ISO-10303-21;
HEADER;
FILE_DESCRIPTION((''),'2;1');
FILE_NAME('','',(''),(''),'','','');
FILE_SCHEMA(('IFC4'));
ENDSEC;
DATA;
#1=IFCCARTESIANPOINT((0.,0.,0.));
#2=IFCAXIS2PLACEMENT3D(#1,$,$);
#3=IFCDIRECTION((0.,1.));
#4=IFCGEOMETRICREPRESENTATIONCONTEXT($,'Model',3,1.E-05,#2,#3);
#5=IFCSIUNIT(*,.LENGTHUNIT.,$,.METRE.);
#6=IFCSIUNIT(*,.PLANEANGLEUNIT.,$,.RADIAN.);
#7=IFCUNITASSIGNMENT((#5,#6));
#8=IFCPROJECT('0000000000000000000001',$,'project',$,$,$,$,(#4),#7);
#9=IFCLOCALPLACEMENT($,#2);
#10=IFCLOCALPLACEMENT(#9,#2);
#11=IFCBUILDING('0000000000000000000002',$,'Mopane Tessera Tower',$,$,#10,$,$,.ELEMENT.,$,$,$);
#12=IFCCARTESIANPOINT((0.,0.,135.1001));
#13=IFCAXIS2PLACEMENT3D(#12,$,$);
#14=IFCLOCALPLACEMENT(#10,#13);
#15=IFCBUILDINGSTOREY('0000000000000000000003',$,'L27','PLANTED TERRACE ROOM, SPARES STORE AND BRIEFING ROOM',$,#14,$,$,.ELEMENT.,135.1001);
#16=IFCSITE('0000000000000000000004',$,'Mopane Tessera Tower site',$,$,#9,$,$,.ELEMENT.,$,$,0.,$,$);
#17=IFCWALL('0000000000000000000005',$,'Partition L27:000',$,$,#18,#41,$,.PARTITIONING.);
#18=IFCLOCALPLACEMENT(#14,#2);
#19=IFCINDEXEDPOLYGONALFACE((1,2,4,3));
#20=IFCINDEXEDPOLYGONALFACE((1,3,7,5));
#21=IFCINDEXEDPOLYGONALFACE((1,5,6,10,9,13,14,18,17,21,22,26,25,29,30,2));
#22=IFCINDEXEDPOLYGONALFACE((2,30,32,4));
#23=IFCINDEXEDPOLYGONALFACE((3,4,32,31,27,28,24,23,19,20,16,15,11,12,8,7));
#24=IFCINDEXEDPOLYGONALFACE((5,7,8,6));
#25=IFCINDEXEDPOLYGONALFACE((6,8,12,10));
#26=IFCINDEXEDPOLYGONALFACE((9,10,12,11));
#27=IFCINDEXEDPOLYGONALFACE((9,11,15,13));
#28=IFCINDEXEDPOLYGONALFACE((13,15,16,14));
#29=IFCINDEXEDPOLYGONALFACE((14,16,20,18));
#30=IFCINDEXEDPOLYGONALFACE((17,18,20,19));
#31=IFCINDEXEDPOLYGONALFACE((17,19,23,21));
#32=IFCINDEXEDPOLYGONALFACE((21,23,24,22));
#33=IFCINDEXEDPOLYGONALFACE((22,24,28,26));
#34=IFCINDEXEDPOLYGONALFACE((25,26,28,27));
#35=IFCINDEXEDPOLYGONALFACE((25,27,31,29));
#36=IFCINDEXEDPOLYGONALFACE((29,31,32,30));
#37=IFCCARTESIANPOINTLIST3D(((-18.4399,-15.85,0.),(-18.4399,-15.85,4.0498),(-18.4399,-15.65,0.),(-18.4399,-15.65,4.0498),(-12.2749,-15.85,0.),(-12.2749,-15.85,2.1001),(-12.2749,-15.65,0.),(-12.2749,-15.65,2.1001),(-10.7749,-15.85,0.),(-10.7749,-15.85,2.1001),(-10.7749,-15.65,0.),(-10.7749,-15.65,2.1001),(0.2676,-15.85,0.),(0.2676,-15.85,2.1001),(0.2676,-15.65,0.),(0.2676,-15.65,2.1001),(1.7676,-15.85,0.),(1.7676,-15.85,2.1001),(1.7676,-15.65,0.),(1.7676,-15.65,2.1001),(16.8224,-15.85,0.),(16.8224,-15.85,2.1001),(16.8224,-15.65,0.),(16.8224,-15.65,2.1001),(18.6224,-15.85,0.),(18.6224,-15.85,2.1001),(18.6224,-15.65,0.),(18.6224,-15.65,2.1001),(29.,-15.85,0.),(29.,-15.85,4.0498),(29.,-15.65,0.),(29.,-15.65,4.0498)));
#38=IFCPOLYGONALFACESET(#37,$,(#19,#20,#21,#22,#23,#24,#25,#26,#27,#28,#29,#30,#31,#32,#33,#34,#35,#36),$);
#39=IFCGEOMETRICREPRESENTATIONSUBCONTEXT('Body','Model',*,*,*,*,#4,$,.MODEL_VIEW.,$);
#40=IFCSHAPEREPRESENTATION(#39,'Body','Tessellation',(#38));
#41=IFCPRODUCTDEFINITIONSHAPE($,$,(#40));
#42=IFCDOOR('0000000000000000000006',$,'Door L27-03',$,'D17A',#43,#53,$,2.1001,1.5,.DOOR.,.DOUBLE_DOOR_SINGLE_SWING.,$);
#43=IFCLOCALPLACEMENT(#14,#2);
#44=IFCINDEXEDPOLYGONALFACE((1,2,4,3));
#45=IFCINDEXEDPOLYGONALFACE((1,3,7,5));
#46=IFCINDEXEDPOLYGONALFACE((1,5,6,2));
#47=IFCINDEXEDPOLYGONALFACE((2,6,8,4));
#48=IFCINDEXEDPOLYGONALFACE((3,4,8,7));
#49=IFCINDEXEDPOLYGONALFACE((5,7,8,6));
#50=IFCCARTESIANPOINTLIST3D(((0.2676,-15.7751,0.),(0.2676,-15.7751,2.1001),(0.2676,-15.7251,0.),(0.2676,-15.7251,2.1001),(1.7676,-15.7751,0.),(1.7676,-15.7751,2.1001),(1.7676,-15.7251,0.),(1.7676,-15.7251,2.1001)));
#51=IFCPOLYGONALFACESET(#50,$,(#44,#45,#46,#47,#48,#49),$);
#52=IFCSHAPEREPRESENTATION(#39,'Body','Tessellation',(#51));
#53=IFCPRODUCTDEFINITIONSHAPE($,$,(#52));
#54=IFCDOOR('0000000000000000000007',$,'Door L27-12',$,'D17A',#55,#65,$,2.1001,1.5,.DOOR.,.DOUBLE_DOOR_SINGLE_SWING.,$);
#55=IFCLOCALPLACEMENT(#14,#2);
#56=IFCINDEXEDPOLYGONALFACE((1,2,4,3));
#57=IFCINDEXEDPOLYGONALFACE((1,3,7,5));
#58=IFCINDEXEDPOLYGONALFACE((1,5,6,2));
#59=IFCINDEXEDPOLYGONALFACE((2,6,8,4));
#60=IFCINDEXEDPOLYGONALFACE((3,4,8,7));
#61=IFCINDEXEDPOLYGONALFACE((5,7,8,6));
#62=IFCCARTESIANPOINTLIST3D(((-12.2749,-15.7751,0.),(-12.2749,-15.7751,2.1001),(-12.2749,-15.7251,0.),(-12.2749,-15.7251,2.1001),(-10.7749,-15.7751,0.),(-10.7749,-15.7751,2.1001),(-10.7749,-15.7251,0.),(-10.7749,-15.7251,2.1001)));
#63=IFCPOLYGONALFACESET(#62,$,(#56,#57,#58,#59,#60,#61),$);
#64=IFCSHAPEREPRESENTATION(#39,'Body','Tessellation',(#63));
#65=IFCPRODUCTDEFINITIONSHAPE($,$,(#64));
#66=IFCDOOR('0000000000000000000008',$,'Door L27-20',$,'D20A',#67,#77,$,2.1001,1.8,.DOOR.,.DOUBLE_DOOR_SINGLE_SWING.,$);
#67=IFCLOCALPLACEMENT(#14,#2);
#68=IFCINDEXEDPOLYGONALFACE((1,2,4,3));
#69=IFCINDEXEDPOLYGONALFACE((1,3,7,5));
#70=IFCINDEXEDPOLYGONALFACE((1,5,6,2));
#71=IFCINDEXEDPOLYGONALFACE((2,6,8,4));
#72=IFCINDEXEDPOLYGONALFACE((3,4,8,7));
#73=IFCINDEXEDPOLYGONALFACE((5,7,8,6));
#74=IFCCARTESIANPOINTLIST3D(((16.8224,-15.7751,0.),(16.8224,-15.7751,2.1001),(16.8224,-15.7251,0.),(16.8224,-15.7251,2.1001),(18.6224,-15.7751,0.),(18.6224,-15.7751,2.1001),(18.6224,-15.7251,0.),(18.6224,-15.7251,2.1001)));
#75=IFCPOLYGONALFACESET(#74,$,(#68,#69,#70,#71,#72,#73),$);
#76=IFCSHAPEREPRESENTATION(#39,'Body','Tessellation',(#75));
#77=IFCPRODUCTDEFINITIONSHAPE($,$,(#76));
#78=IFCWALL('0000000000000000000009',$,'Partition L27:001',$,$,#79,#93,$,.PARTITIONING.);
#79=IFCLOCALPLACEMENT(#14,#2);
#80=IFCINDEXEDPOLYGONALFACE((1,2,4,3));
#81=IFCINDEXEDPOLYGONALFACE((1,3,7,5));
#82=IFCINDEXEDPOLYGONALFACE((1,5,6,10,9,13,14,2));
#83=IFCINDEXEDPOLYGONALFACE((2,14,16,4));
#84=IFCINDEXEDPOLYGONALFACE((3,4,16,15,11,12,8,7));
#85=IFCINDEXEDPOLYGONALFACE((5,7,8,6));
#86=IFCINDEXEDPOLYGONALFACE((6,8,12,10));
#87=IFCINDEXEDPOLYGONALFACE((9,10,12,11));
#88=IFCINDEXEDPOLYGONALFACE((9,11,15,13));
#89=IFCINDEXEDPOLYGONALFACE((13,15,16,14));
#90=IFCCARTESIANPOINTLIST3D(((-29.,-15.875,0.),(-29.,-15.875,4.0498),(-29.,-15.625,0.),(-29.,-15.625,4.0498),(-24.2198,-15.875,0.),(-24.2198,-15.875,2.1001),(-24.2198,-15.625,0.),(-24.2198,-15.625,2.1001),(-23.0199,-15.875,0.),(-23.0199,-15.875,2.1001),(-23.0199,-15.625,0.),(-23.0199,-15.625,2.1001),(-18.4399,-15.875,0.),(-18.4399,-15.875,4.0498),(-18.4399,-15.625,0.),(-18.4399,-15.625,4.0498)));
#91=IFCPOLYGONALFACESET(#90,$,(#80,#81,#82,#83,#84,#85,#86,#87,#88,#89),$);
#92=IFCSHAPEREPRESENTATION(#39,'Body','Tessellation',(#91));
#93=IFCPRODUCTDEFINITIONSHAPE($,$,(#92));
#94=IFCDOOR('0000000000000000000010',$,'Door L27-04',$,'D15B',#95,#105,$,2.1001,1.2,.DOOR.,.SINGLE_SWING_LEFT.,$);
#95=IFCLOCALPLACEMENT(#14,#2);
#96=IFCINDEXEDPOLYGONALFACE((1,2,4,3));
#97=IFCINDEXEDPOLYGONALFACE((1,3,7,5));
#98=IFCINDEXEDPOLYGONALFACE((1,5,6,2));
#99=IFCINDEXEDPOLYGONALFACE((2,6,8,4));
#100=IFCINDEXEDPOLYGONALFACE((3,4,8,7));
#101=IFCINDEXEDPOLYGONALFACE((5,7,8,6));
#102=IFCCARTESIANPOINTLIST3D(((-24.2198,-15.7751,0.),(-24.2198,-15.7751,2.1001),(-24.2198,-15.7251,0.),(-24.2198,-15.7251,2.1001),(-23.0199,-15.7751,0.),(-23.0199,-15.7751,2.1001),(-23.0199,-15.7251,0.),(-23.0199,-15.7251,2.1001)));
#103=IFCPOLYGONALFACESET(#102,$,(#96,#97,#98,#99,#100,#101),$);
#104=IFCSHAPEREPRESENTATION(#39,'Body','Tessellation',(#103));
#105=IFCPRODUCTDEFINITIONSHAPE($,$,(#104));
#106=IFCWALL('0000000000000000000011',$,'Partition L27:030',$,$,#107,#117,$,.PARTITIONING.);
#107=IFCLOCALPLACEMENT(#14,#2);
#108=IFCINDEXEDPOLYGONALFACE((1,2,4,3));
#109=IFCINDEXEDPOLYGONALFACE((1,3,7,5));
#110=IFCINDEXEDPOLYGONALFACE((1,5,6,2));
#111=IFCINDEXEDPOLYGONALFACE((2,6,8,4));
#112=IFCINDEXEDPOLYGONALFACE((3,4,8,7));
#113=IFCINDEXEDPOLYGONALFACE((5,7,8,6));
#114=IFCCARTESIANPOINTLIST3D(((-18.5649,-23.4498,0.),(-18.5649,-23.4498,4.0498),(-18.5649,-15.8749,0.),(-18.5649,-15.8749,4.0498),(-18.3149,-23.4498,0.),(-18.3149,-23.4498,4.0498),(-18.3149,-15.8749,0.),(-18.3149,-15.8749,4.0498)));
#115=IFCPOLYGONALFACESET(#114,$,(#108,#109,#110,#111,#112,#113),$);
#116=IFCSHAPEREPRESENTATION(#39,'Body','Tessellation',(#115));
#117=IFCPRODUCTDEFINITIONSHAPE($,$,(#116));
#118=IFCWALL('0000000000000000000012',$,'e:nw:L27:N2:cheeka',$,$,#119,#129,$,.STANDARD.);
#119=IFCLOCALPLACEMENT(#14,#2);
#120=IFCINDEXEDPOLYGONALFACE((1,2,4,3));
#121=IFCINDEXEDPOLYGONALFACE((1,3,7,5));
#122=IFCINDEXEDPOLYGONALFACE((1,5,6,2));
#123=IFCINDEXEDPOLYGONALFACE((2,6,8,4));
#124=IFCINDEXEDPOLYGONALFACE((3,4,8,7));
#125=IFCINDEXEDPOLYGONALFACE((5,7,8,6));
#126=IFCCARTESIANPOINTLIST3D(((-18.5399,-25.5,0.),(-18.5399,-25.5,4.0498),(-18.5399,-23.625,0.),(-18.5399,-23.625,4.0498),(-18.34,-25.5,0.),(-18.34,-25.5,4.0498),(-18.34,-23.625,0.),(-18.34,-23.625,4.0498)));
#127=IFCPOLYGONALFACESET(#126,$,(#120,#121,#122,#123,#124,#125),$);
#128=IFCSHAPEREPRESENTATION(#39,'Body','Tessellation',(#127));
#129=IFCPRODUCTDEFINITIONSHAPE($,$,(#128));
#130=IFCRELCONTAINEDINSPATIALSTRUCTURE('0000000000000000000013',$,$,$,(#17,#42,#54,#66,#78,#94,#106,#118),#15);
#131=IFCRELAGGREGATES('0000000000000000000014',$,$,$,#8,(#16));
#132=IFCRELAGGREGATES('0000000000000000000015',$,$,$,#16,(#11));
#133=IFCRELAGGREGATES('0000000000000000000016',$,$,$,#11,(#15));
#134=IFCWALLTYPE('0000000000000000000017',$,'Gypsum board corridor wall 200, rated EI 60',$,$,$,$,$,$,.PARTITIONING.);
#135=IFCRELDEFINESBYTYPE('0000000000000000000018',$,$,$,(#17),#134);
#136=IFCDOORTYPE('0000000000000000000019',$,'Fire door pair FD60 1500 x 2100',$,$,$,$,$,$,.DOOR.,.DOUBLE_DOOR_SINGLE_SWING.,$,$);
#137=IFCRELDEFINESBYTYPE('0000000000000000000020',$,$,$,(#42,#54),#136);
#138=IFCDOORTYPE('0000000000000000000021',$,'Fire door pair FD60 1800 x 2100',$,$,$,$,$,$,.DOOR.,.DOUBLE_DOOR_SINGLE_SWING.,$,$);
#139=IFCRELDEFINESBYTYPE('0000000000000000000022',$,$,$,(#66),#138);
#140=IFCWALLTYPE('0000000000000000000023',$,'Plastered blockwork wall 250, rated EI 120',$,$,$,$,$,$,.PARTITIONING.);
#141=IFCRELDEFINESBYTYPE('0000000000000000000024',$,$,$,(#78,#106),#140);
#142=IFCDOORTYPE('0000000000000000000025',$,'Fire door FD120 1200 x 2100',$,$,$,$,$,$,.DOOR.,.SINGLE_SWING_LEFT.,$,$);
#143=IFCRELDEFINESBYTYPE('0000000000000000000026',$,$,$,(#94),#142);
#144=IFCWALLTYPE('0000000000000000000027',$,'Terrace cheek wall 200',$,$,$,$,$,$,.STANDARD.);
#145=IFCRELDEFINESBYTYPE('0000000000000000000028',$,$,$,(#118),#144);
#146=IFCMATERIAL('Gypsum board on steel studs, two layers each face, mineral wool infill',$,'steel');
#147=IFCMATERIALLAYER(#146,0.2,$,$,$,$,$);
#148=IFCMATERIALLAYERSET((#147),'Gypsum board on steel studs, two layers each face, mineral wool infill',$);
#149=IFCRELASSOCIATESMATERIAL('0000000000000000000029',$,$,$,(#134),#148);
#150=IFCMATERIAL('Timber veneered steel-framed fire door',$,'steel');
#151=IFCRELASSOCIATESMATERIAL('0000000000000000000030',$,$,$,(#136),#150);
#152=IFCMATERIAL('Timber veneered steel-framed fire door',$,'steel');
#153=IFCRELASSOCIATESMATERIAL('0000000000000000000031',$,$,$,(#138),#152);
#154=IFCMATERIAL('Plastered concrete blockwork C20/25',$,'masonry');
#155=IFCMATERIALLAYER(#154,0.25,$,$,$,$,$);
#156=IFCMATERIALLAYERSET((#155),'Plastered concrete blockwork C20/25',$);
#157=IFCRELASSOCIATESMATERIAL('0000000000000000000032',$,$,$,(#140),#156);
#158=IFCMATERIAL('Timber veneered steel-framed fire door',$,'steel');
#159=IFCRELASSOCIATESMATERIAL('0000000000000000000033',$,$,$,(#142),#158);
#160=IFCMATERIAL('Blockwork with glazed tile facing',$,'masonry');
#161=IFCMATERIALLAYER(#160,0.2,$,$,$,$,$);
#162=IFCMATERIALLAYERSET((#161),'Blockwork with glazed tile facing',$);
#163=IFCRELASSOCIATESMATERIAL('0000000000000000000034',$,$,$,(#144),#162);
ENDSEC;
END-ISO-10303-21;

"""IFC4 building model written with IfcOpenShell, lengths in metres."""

from ifc_helpers import new_model, si_unit, direction, frame, frame_2d, origin, place, context, subcontext, project, spatial, rectangle, extrude, material, layer, layer_set, type_object, element, fill, save


model = new_model("IFC4")

# Units and contexts
model_context = context("Model", 3, precision=1e-05, world=origin(), true_north=direction((0.0, 1.0)))
body_context = subcontext(model_context, "Body", "Model", "MODEL_VIEW")
ifc_project = project(units=[si_unit("LENGTHUNIT", "METRE"), si_unit("PLANEANGLEUNIT", "RADIAN")], contexts=[model_context])

# Site, building, storey
site_placement = place(None, origin())
site = spatial("IfcSite", under=ifc_project, at=site_placement, Name="Mopane Tessera Tower site", CompositionType="ELEMENT", RefElevation=0.0)
building_placement = place(site_placement, origin())
building = spatial("IfcBuilding", under=site, at=building_placement, Name="Mopane Tessera Tower", CompositionType="ELEMENT")
storey_placement = place(building_placement, frame((0.0, 0.0, 135.1001)))
storey = spatial("IfcBuildingStorey", under=building, at=storey_placement, Name="L27", Description="PLANTED TERRACE ROOM, SPARES STORE AND BRIEFING ROOM", CompositionType="ELEMENT", Elevation=135.1001)

# Wall, openings, doors
ifc_material_1 = material(Name="Gypsum board on steel studs, two layers each face, mineral wool infill", Category="steel")
ifc_layer_1 = layer(ifc_material_1, 0.2)
ifc_layer_set_1 = layer_set([ifc_layer_1], Name="Gypsum board on steel studs, two layers each face, mineral wool infill")
wall_type_1 = type_object("IfcWallType", Name="Gypsum board corridor wall 200, rated EI 60", PredefinedType="PARTITIONING", material=ifc_layer_set_1)
wall_1_placement = place(storey_placement, frame((-18.4399, -15.75, 0.0), z_axis=(0.0, 0.0, 1.0), x_axis=(1.0, 0.0, 0.0)))
wall_1 = element("IfcWall", 1, at=wall_1_placement, inside=storey, type_object=wall_type_1, Name="Partition L27:000", PredefinedType="PARTITIONING", context=body_context, shape_type="SweptSolid", body=[
    extrude(rectangle(XDim=47.4399, YDim=0.2, at=frame_2d((23.72, 0.0))), origin(), (0.0, 0.0, 1.0), 4.0498),
])
opening_1_placement = place(wall_1_placement, frame((18.7075, 0.0, 0.0)))
opening_1 = element("IfcOpeningElement", 2, at=opening_1_placement, cuts=wall_1, PredefinedType="OPENING", context=body_context, shape_type="SweptSolid", body=[
    extrude(rectangle(XDim=1.5, YDim=2.1001, at=frame_2d((0.75, 1.05))), frame((0.0, 0.1121, 0.0), z_axis=(0.0, -1.0, 0.0), x_axis=(1.0, 0.0, 0.0)), (0.0, 0.0, 1.0), 0.2239),
])
opening_2_placement = place(wall_1_placement, frame((6.165, 0.0, 0.0)))
opening_2 = element("IfcOpeningElement", 3, at=opening_2_placement, cuts=wall_1, PredefinedType="OPENING", context=body_context, shape_type="SweptSolid", body=[
    extrude(rectangle(XDim=1.5, YDim=2.1001, at=frame_2d((0.75, 1.05))), frame((0.0, 0.1121, 0.0), z_axis=(0.0, -1.0, 0.0), x_axis=(1.0, 0.0, 0.0)), (0.0, 0.0, 1.0), 0.2239),
])
opening_3_placement = place(wall_1_placement, frame((35.2625, 0.0, 0.0)))
opening_3 = element("IfcOpeningElement", 4, at=opening_3_placement, cuts=wall_1, PredefinedType="OPENING", context=body_context, shape_type="SweptSolid", body=[
    extrude(rectangle(XDim=1.8, YDim=2.1001, at=frame_2d((0.8999, 1.05))), frame((0.0, 0.1121, 0.0), z_axis=(0.0, -1.0, 0.0), x_axis=(1.0, 0.0, 0.0)), (0.0, 0.0, 1.0), 0.2239),
])
ifc_material_2 = material(Name="Timber veneered steel-framed fire door", Category="steel")
door_type_1 = type_object("IfcDoorType", Name="Fire door pair FD60 1500 x 2100", OperationType="DOUBLE_DOOR_SINGLE_SWING", PredefinedType="DOOR", material=ifc_material_2)
door_1_placement = place(opening_1_placement, origin())
door_1 = element("IfcDoor", 5, at=door_1_placement, inside=storey, type_object=door_type_1, Name="Door L27-03", ObjectType="D17A", OperationType="DOUBLE_DOOR_SINGLE_SWING", OverallHeight=2.1001, OverallWidth=1.5, PredefinedType="DOOR", context=body_context, shape_type="SweptSolid", body=[
    extrude(rectangle(XDim=1.5, YDim=2.1001, at=frame_2d((0.75, 1.05))), frame((0.0, 0.0249, 0.0), z_axis=(0.0, -1.0, 0.0), x_axis=(1.0, 0.0, 0.0)), (0.0, 0.0, 1.0), 0.05),
])
fill(opening_1, door_1)
door_2_placement = place(opening_2_placement, origin())
door_2 = element("IfcDoor", 6, at=door_2_placement, inside=storey, type_object=door_type_1, Name="Door L27-12", ObjectType="D17A", OperationType="DOUBLE_DOOR_SINGLE_SWING", OverallHeight=2.1001, OverallWidth=1.5, PredefinedType="DOOR", context=body_context, shape_type="SweptSolid", body=[
    extrude(rectangle(XDim=1.5, YDim=2.1001, at=frame_2d((0.75, 1.05))), frame((0.0, 0.0249, 0.0), z_axis=(0.0, -1.0, 0.0), x_axis=(1.0, 0.0, 0.0)), (0.0, 0.0, 1.0), 0.05),
])
fill(opening_2, door_2)
ifc_material_3 = material(Name="Timber veneered steel-framed fire door", Category="steel")
door_type_2 = type_object("IfcDoorType", Name="Fire door pair FD60 1800 x 2100", OperationType="DOUBLE_DOOR_SINGLE_SWING", PredefinedType="DOOR", material=ifc_material_3)
door_3_placement = place(opening_3_placement, origin())
door_3 = element("IfcDoor", 7, at=door_3_placement, inside=storey, type_object=door_type_2, Name="Door L27-20", ObjectType="D20A", OperationType="DOUBLE_DOOR_SINGLE_SWING", OverallHeight=2.1001, OverallWidth=1.8, PredefinedType="DOOR", context=body_context, shape_type="SweptSolid", body=[
    extrude(rectangle(XDim=1.8, YDim=2.1001, at=frame_2d((0.8999, 1.05))), frame((0.0, 0.0249, 0.0), z_axis=(0.0, -1.0, 0.0), x_axis=(1.0, 0.0, 0.0)), (0.0, 0.0, 1.0), 0.05),
])
fill(opening_3, door_3)

# Wall, opening, door
ifc_material_4 = material(Name="Plastered concrete blockwork C20/25", Category="masonry")
ifc_layer_2 = layer(ifc_material_4, 0.25)
ifc_layer_set_2 = layer_set([ifc_layer_2], Name="Plastered concrete blockwork C20/25")
wall_type_2 = type_object("IfcWallType", Name="Plastered blockwork wall 250, rated EI 120", PredefinedType="PARTITIONING", material=ifc_layer_set_2)
wall_2_placement = place(storey_placement, frame((-29.0, -15.75, 0.0), z_axis=(0.0, 0.0, 1.0), x_axis=(1.0, 0.0, 0.0)))
wall_2 = element("IfcWall", 8, at=wall_2_placement, inside=storey, type_object=wall_type_2, Name="Partition L27:001", PredefinedType="PARTITIONING", context=body_context, shape_type="SweptSolid", body=[
    extrude(rectangle(XDim=10.5601, YDim=0.25, at=frame_2d((5.28, 0.0))), origin(), (0.0, 0.0, 1.0), 4.0498),
])
opening_4_placement = place(wall_2_placement, frame((4.78, 0.0, 0.0)))
opening_4 = element("IfcOpeningElement", 9, at=opening_4_placement, cuts=wall_2, PredefinedType="OPENING", context=body_context, shape_type="SweptSolid", body=[
    extrude(rectangle(XDim=1.2, YDim=2.1001, at=frame_2d((0.6001, 1.05))), frame((0.0, 0.137, 0.0), z_axis=(0.0, -1.0, 0.0), x_axis=(1.0, 0.0, 0.0)), (0.0, 0.0, 1.0), 0.2739),
])
ifc_material_5 = material(Name="Timber veneered steel-framed fire door", Category="steel")
door_type_3 = type_object("IfcDoorType", Name="Fire door FD120 1200 x 2100", OperationType="SINGLE_SWING_LEFT", PredefinedType="DOOR", material=ifc_material_5)
door_4_placement = place(opening_4_placement, origin())
door_4 = element("IfcDoor", 10, at=door_4_placement, inside=storey, type_object=door_type_3, Name="Door L27-04", ObjectType="D15B", OperationType="SINGLE_SWING_LEFT", OverallHeight=2.1001, OverallWidth=1.2, PredefinedType="DOOR", context=body_context, shape_type="SweptSolid", body=[
    extrude(rectangle(XDim=1.2, YDim=2.1001, at=frame_2d((0.6001, 1.05))), frame((0.0, 0.0249, 0.0), z_axis=(0.0, -1.0, 0.0), x_axis=(1.0, 0.0, 0.0)), (0.0, 0.0, 1.0), 0.05),
])
fill(opening_4, door_4)

# Walls
wall_3_placement = place(storey_placement, frame((-18.4399, -23.45, 0.0), z_axis=(0.0, 0.0, 1.0), x_axis=(0.0, 1.0, 0.0)))
element("IfcWall", 11, at=wall_3_placement, inside=storey, type_object=wall_type_2, Name="Partition L27:030", PredefinedType="PARTITIONING", context=body_context, shape_type="SweptSolid", body=[
    extrude(rectangle(XDim=7.575, YDim=0.25, at=frame_2d((3.7876, 0.0))), origin(), (0.0, 0.0, 1.0), 4.0498),
])
ifc_material_6 = material(Name="Blockwork with glazed tile facing", Category="masonry")
ifc_layer_3 = layer(ifc_material_6, 0.2)
ifc_layer_set_3 = layer_set([ifc_layer_3], Name="Blockwork with glazed tile facing")
wall_type_3 = type_object("IfcWallType", Name="Terrace cheek wall 200", PredefinedType="STANDARD", material=ifc_layer_set_3)
wall_4_placement = place(storey_placement, frame((-18.4399, -25.5, 0.0), z_axis=(0.0, 0.0, 1.0), x_axis=(0.0, 1.0, 0.0)))
element("IfcWall", 12, at=wall_4_placement, inside=storey, type_object=wall_type_3, Name="e:nw:L27:N2:cheeka", PredefinedType="STANDARD", context=body_context, shape_type="SweptSolid", body=[
    extrude(rectangle(XDim=1.875, YDim=0.2, at=frame_2d((0.9375, 0.0))), origin(), (0.0, 0.0, 1.0), 4.0498),
])

save(model, "model.ifc")
